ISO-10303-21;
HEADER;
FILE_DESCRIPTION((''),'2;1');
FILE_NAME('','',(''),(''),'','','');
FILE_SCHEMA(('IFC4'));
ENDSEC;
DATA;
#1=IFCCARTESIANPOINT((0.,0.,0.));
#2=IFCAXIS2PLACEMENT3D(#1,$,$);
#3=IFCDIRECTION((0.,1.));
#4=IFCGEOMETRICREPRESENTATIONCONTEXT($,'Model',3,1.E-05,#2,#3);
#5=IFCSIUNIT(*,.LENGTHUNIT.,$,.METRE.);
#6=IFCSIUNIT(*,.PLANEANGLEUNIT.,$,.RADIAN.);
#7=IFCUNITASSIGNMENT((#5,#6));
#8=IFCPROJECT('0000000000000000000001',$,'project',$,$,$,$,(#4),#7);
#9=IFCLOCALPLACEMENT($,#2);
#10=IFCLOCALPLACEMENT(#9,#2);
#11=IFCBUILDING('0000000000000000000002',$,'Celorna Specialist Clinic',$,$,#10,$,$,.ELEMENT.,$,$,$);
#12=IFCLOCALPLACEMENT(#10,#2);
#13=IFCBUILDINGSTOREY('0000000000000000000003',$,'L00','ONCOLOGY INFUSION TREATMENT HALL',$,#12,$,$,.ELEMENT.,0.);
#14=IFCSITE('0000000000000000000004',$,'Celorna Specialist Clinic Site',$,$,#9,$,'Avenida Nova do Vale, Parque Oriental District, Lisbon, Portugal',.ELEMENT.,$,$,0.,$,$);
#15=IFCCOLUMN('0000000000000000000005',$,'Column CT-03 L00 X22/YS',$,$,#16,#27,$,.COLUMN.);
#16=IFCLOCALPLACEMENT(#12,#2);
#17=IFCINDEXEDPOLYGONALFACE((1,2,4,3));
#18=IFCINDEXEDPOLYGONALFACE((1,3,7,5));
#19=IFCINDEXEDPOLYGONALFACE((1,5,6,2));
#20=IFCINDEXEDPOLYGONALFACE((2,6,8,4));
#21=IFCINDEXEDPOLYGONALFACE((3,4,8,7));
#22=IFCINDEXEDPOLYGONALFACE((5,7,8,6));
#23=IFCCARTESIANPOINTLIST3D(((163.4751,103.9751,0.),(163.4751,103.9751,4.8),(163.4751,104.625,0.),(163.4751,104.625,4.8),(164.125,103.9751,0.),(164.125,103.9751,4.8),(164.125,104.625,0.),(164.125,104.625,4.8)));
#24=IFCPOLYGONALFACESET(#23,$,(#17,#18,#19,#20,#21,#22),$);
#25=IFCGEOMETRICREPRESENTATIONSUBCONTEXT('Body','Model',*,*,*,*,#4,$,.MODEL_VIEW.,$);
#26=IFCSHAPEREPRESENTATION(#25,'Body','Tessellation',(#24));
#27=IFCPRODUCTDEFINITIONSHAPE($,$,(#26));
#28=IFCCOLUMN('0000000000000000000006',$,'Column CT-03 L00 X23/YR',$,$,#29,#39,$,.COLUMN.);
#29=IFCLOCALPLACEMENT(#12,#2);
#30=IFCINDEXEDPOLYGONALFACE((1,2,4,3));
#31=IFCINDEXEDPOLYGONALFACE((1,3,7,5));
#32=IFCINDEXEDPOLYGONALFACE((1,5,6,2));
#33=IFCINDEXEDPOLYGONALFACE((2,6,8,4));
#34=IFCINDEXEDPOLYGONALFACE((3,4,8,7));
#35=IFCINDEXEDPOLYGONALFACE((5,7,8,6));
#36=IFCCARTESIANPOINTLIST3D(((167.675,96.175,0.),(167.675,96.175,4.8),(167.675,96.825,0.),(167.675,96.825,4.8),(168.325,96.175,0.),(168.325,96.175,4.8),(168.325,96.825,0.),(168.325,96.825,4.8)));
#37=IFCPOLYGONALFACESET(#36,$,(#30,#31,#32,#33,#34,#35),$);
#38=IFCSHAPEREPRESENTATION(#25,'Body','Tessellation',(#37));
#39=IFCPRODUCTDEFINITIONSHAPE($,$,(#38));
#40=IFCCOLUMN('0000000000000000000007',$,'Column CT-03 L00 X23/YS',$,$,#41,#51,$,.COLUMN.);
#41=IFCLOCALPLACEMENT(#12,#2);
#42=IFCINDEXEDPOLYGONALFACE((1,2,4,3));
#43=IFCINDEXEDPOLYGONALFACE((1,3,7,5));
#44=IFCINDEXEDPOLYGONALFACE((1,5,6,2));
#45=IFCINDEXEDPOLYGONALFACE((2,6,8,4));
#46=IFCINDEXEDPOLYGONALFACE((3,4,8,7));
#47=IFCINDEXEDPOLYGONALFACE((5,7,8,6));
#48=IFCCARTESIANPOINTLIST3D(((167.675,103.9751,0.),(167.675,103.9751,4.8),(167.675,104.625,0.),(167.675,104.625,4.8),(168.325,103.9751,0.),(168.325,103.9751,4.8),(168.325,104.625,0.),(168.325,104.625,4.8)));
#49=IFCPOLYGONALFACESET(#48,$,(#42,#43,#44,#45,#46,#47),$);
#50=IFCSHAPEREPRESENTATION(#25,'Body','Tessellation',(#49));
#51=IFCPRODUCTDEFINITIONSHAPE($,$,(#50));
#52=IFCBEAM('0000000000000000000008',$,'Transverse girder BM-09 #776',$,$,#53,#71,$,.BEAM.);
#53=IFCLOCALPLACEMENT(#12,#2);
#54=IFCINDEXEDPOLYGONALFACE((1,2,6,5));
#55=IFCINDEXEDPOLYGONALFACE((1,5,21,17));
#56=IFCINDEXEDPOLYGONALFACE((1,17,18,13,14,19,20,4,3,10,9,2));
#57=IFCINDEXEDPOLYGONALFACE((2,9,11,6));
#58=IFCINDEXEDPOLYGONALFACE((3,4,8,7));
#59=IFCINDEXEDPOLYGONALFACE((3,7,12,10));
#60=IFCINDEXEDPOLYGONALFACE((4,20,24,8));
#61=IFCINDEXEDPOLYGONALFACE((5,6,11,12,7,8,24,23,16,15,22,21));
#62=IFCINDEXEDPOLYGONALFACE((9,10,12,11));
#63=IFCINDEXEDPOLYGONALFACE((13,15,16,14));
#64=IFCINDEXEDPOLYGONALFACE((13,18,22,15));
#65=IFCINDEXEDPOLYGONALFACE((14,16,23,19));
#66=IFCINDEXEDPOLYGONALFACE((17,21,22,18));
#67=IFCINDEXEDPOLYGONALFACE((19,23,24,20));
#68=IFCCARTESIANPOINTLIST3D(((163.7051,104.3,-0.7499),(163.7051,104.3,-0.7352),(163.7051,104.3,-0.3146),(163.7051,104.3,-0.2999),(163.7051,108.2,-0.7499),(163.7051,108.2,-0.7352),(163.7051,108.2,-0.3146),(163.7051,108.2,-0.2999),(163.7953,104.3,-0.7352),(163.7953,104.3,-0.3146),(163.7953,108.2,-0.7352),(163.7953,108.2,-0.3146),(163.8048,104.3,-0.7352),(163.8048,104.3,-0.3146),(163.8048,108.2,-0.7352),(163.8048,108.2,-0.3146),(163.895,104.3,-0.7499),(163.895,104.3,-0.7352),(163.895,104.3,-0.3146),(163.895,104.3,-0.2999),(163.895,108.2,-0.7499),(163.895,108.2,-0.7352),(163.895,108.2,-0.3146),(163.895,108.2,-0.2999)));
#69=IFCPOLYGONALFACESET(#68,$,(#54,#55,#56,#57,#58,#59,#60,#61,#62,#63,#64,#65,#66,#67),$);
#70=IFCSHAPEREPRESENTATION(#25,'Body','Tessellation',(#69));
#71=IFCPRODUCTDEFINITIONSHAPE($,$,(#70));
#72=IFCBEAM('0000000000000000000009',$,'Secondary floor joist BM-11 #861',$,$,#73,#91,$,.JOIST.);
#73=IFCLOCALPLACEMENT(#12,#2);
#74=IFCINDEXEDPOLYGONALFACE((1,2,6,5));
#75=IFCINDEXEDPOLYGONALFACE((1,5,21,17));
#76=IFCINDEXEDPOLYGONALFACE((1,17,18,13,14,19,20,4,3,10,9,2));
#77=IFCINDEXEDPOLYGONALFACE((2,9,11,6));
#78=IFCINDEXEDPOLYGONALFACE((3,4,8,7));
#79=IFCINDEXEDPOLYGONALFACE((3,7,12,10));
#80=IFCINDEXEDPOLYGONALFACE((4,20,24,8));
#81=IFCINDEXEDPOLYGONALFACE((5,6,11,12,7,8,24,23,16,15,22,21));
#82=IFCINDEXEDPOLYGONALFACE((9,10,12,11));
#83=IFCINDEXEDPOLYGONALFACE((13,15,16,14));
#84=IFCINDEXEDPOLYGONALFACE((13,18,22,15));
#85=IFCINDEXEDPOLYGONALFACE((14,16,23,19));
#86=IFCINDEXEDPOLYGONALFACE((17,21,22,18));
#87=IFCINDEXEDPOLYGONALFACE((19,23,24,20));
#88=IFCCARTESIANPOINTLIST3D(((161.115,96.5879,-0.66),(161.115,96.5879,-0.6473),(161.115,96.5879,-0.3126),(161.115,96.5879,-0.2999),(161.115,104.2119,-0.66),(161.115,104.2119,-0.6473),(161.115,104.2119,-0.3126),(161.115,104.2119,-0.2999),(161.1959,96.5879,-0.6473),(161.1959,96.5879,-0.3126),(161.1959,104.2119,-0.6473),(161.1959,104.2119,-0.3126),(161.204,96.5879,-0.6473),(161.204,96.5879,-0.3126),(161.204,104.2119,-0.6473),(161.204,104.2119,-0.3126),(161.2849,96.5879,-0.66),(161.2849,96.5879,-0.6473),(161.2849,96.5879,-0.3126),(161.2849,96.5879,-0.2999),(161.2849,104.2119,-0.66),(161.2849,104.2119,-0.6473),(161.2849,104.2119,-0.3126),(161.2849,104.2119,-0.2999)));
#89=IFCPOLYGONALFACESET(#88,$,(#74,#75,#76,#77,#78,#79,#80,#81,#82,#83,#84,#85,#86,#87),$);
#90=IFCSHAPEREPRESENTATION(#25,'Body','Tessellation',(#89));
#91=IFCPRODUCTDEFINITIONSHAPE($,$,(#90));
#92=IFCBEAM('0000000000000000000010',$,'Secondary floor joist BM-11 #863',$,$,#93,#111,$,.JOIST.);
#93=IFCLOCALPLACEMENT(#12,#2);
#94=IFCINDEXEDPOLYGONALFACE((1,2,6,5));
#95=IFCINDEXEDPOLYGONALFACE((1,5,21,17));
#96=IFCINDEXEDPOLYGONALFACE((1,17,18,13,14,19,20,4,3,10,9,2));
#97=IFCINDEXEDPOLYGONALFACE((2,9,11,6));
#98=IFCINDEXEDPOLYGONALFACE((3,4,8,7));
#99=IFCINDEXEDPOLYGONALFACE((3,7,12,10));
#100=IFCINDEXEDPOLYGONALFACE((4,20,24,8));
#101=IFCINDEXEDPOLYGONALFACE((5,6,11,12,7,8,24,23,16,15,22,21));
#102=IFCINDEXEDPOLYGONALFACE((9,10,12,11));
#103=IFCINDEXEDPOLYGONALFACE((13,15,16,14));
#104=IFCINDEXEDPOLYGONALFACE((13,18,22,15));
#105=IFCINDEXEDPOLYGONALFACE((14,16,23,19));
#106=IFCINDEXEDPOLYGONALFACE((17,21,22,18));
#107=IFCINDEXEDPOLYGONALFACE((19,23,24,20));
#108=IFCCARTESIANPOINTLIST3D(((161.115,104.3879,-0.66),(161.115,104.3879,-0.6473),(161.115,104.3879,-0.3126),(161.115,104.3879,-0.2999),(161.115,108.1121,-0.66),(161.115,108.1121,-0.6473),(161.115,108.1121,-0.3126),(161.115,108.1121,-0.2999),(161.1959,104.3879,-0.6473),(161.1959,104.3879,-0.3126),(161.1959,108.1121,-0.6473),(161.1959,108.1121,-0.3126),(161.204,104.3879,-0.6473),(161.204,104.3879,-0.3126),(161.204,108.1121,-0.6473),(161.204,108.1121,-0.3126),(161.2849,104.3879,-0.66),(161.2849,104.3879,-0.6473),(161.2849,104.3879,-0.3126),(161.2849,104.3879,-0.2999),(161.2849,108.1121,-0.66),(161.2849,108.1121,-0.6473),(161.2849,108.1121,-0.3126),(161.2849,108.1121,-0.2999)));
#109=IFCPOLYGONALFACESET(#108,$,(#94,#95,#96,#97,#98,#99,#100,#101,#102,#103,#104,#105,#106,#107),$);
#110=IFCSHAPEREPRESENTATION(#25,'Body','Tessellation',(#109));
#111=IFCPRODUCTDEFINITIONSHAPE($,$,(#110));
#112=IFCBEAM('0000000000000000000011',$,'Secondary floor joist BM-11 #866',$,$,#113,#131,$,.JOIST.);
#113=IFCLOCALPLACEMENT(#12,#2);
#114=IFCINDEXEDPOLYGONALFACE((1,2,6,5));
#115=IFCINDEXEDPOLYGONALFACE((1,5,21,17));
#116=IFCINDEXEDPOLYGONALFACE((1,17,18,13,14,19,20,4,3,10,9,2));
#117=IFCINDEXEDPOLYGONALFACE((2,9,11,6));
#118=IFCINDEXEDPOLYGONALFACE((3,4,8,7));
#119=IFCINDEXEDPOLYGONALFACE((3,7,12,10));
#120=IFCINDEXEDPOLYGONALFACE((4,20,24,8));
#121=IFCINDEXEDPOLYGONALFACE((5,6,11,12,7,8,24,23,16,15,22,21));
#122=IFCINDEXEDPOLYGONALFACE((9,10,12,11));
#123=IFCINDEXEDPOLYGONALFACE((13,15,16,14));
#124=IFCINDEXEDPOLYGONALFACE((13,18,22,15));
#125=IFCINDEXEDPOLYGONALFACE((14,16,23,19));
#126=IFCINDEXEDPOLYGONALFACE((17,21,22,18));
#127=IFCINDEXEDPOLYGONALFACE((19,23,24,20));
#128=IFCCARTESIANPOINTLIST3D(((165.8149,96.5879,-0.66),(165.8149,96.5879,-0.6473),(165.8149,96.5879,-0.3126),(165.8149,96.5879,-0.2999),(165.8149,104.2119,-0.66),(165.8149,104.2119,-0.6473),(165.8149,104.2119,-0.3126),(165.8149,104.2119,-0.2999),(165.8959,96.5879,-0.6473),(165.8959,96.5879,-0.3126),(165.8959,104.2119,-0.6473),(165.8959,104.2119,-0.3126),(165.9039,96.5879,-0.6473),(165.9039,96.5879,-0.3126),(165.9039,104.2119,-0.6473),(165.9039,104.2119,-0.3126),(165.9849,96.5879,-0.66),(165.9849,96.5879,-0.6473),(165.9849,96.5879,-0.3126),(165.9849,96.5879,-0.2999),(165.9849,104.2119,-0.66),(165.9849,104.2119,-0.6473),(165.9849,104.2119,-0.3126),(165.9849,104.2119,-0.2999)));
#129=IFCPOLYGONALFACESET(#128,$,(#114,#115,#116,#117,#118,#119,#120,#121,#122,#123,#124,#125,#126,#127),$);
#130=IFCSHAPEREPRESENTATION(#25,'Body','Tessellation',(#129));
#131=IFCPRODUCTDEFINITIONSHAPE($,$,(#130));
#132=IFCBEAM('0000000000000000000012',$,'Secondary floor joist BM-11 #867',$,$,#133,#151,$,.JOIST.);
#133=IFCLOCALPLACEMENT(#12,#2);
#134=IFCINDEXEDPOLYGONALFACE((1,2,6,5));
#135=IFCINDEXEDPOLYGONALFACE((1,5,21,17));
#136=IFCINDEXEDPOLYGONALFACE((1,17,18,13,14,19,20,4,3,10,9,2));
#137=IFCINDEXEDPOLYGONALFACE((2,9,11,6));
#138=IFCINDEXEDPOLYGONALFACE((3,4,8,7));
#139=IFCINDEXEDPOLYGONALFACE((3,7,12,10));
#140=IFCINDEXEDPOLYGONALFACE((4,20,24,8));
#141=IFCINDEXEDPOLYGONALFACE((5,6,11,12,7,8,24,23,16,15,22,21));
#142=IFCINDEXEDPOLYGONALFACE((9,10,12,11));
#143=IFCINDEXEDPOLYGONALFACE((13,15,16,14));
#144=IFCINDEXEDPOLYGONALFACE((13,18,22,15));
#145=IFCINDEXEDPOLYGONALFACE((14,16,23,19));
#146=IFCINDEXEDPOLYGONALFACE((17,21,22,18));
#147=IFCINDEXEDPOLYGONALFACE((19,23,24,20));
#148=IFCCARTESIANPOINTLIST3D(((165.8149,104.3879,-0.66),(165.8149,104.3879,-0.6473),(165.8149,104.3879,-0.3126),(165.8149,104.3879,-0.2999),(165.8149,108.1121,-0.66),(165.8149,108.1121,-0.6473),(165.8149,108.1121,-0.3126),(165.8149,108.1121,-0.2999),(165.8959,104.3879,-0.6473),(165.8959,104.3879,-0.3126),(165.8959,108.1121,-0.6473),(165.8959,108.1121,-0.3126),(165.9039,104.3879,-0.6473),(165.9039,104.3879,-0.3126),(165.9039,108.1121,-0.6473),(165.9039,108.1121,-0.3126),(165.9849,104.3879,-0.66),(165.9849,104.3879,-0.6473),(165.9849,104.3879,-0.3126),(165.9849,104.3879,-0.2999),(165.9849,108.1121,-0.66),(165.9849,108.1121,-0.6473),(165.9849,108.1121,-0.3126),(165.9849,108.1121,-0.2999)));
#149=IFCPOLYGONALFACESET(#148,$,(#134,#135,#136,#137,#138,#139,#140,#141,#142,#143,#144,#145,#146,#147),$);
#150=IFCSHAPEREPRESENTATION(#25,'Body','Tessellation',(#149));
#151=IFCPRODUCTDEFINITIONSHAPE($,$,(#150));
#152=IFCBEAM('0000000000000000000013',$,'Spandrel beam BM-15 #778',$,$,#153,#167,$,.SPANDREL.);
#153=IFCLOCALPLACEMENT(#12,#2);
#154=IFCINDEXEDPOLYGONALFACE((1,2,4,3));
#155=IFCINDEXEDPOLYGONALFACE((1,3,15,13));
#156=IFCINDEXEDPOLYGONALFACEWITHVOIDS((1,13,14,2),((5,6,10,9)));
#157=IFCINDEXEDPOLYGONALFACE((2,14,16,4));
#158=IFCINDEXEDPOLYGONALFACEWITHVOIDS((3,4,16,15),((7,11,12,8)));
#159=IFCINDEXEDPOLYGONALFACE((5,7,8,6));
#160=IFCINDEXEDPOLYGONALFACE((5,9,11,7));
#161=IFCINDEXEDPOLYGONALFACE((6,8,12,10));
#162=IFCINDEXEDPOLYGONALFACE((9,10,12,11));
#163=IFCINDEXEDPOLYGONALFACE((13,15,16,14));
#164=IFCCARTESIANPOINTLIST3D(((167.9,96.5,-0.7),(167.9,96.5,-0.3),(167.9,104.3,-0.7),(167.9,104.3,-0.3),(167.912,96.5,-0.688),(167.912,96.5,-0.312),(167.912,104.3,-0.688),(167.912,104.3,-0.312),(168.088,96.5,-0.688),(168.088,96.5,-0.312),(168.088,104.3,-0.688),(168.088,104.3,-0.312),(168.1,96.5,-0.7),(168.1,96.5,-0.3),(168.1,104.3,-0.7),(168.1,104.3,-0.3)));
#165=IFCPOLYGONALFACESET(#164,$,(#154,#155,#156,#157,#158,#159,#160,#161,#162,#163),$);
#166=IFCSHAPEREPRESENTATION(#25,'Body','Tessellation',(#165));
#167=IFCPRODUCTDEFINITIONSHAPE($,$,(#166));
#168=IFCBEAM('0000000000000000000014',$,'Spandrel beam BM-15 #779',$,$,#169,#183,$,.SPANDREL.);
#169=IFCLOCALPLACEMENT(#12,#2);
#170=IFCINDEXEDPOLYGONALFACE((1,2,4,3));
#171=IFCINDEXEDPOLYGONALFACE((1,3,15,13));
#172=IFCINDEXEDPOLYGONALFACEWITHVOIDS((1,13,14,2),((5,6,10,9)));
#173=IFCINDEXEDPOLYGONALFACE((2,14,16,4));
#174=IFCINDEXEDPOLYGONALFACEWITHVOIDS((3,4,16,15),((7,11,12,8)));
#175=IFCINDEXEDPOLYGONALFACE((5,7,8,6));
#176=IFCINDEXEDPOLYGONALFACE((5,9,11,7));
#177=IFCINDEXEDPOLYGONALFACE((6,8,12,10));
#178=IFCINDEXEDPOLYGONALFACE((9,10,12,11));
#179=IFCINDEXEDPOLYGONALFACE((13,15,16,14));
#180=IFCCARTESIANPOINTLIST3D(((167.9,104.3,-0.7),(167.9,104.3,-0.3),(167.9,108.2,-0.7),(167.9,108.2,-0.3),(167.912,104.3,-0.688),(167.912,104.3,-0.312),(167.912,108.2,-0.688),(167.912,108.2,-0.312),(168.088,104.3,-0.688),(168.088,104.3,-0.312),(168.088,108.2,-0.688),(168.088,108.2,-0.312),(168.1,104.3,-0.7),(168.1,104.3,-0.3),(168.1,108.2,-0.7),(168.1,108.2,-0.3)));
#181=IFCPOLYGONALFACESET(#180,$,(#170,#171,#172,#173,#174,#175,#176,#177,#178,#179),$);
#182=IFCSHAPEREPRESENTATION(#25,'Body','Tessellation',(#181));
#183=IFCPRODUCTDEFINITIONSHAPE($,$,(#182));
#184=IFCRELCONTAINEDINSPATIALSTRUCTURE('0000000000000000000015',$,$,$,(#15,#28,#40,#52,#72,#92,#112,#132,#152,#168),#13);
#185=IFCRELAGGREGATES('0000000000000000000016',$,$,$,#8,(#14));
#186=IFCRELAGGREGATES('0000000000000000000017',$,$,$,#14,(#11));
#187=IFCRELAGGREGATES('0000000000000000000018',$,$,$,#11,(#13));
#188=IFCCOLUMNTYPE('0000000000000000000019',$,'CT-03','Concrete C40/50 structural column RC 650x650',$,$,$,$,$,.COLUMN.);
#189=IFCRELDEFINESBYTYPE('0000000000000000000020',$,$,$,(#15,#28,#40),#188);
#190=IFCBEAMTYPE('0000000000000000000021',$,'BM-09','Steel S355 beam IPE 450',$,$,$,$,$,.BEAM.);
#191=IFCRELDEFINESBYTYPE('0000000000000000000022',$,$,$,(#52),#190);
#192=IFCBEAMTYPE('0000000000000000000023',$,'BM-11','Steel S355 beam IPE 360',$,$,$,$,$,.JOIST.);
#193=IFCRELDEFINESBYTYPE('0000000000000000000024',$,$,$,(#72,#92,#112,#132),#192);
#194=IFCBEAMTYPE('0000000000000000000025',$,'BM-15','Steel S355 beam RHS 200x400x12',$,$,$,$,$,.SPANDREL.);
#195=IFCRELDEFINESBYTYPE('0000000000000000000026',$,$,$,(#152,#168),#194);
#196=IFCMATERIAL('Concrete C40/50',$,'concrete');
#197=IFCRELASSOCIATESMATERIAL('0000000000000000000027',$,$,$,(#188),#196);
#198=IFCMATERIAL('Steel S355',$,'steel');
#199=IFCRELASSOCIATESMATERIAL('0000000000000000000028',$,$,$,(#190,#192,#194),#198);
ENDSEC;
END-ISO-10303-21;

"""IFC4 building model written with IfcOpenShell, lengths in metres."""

from ifc_helpers import new_model, si_unit, direction, frame, origin, origin_2d, place, context, subcontext, project, spatial, rectangle, hollow_rectangle, i_section, extrude, material, material_profile, profile_set, type_object, element, save


model = new_model("IFC4")

# Units and contexts
model_context = context("Model", 3, precision=1e-05, world=origin(), true_north=direction((0.0, 1.0)))
body_context = subcontext(model_context, "Body", "Model", "MODEL_VIEW")
ifc_project = project(units=[si_unit("LENGTHUNIT", "METRE"), si_unit("PLANEANGLEUNIT", "RADIAN")], contexts=[model_context])

# Site, building, storey
site_placement = place(None, origin())
site = spatial("IfcSite", under=ifc_project, at=site_placement, Name="Celorna Specialist Clinic Site", LongName="Avenida Nova do Vale, Parque Oriental District, Lisbon, Portugal", CompositionType="ELEMENT", RefElevation=0.0)
building_placement = place(site_placement, origin())
building = spatial("IfcBuilding", under=site, at=building_placement, Name="Celorna Specialist Clinic", CompositionType="ELEMENT")
storey_placement = place(building_placement, origin())
storey = spatial("IfcBuildingStorey", under=building, at=storey_placement, Name="L00", Description="ONCOLOGY INFUSION TREATMENT HALL", CompositionType="ELEMENT", Elevation=0.0)

# Columns
ifc_material_1 = material(Name="Concrete C40/50", Category="concrete")
ifc_material_profile_1 = material_profile(ifc_material_1, rectangle(XDim=0.6499, YDim=0.6499, at=origin_2d()), Name="RC 650x650")
ifc_profile_set_1 = profile_set([ifc_material_profile_1], Name="Concrete C40/50")
column_type = type_object("IfcColumnType", Name="CT-03", Description="Concrete C40/50 structural column RC 650x650", PredefinedType="COLUMN", material=ifc_profile_set_1)
for number, where, z_axis, x_axis, name in (
    (1, (163.8, 104.3, 0.0), (0.0, 0.0, 1.0), (1.0, 0.0, 0.0), "Column CT-03 L00 X22/YS"),
    (2, (168.0, 96.5, 0.0), (0.0, 0.0, 1.0), (1.0, 0.0, 0.0), "Column CT-03 L00 X23/YR"),
    (3, (168.0, 104.3, 0.0), (0.0, 0.0, 1.0), (1.0, 0.0, 0.0), "Column CT-03 L00 X23/YS"),
):
    element("IfcColumn", number, at=place(storey_placement, frame(where, z_axis=z_axis, x_axis=x_axis)), inside=storey, type_object=column_type, Name=name, PredefinedType="COLUMN", context=body_context, shape_type="SweptSolid", body=[
        extrude(rectangle(XDim=0.6499, YDim=0.6499, at=origin_2d()), origin(), (0.0, 0.0, 1.0), 4.8),
    ])

# Beams
ifc_material_2 = material(Name="Steel S355", Category="steel")
ifc_material_profile_2 = material_profile(ifc_material_2, i_section(OverallWidth=0.1899, OverallDepth=0.45, WebThickness=0.0095, FlangeThickness=0.0146, at=origin_2d()), Name="IPE 450")
ifc_profile_set_2 = profile_set([ifc_material_profile_2], Name="Steel S355")
beam_type_1 = type_object("IfcBeamType", Name="BM-09", Description="Steel S355 beam IPE 450", PredefinedType="BEAM", material=ifc_profile_set_2)
beam_1_placement = place(storey_placement, frame((163.8, 104.3, -0.5249), z_axis=(0.0, 1.0, 0.0), x_axis=(-1.0, 0.0, 0.0)))
element("IfcBeam", 4, at=beam_1_placement, inside=storey, type_object=beam_type_1, Name="Transverse girder BM-09 #776", PredefinedType="BEAM", context=body_context, shape_type="SweptSolid", body=[
    extrude(i_section(OverallWidth=0.1899, OverallDepth=0.45, WebThickness=0.0095, FlangeThickness=0.0146, at=origin_2d()), origin(), (0.0, 0.0, 1.0), 3.8999),
])
ifc_material_profile_3 = material_profile(ifc_material_2, i_section(OverallWidth=0.1699, OverallDepth=0.3601, WebThickness=0.0081, FlangeThickness=0.0127, at=origin_2d()), Name="IPE 360")
ifc_profile_set_3 = profile_set([ifc_material_profile_3], Name="Steel S355")
beam_type_2 = type_object("IfcBeamType", Name="BM-11", Description="Steel S355 beam IPE 360", PredefinedType="JOIST", material=ifc_profile_set_3)
beam_2_placement = place(storey_placement, frame((161.2, 96.5879, -0.48), z_axis=(0.0, 1.0, 0.0), x_axis=(-1.0, 0.0, 0.0)))
element("IfcBeam", 5, at=beam_2_placement, inside=storey, type_object=beam_type_2, Name="Secondary floor joist BM-11 #861", PredefinedType="JOIST", context=body_context, shape_type="SweptSolid", body=[
    extrude(i_section(OverallWidth=0.1699, OverallDepth=0.3601, WebThickness=0.0081, FlangeThickness=0.0127, at=origin_2d()), origin(), (0.0, 0.0, 1.0), 7.624),
])
beam_3_placement = place(storey_placement, frame((161.2, 104.3879, -0.48), z_axis=(0.0, 1.0, 0.0), x_axis=(-1.0, 0.0, 0.0)))
element("IfcBeam", 6, at=beam_3_placement, inside=storey, type_object=beam_type_2, Name="Secondary floor joist BM-11 #863", PredefinedType="JOIST", context=body_context, shape_type="SweptSolid", body=[
    extrude(i_section(OverallWidth=0.1699, OverallDepth=0.3601, WebThickness=0.0081, FlangeThickness=0.0127, at=origin_2d()), origin(), (0.0, 0.0, 1.0), 3.7241),
])
beam_4_placement = place(storey_placement, frame((165.8999, 96.5879, -0.48), z_axis=(0.0, 1.0, 0.0), x_axis=(-1.0, 0.0, 0.0)))
element("IfcBeam", 7, at=beam_4_placement, inside=storey, type_object=beam_type_2, Name="Secondary floor joist BM-11 #866", PredefinedType="JOIST", context=body_context, shape_type="SweptSolid", body=[
    extrude(i_section(OverallWidth=0.1699, OverallDepth=0.3601, WebThickness=0.0081, FlangeThickness=0.0127, at=origin_2d()), origin(), (0.0, 0.0, 1.0), 7.624),
])
beam_5_placement = place(storey_placement, frame((165.8999, 104.3879, -0.48), z_axis=(0.0, 1.0, 0.0), x_axis=(-1.0, 0.0, 0.0)))
element("IfcBeam", 8, at=beam_5_placement, inside=storey, type_object=beam_type_2, Name="Secondary floor joist BM-11 #867", PredefinedType="JOIST", context=body_context, shape_type="SweptSolid", body=[
    extrude(i_section(OverallWidth=0.1699, OverallDepth=0.3601, WebThickness=0.0081, FlangeThickness=0.0127, at=origin_2d()), origin(), (0.0, 0.0, 1.0), 3.7241),
])
ifc_material_profile_4 = material_profile(ifc_material_2, hollow_rectangle(XDim=0.2, YDim=0.3999, WallThickness=0.012, at=origin_2d()), Name="RHS 200x400x12")
ifc_profile_set_4 = profile_set([ifc_material_profile_4], Name="Steel S355")
beam_type_3 = type_object("IfcBeamType", Name="BM-15", Description="Steel S355 beam RHS 200x400x12", PredefinedType="SPANDREL", material=ifc_profile_set_4)
beam_6_placement = place(storey_placement, frame((168.0, 96.5, -0.5), z_axis=(0.0, 1.0, 0.0), x_axis=(-1.0, 0.0, 0.0)))
element("IfcBeam", 9, at=beam_6_placement, inside=storey, type_object=beam_type_3, Name="Spandrel beam BM-15 #778", PredefinedType="SPANDREL", context=body_context, shape_type="SweptSolid", body=[
    extrude(hollow_rectangle(XDim=0.2, YDim=0.3999, WallThickness=0.012, at=origin_2d()), origin(), (0.0, 0.0, 1.0), 7.8),
])
beam_7_placement = place(storey_placement, frame((168.0, 104.3, -0.5), z_axis=(0.0, 1.0, 0.0), x_axis=(-1.0, 0.0, 0.0)))
element("IfcBeam", 10, at=beam_7_placement, inside=storey, type_object=beam_type_3, Name="Spandrel beam BM-15 #779", PredefinedType="SPANDREL", context=body_context, shape_type="SweptSolid", body=[
    extrude(hollow_rectangle(XDim=0.2, YDim=0.3999, WallThickness=0.012, at=origin_2d()), origin(), (0.0, 0.0, 1.0), 3.8999),
])

save(model, "model.ifc")
